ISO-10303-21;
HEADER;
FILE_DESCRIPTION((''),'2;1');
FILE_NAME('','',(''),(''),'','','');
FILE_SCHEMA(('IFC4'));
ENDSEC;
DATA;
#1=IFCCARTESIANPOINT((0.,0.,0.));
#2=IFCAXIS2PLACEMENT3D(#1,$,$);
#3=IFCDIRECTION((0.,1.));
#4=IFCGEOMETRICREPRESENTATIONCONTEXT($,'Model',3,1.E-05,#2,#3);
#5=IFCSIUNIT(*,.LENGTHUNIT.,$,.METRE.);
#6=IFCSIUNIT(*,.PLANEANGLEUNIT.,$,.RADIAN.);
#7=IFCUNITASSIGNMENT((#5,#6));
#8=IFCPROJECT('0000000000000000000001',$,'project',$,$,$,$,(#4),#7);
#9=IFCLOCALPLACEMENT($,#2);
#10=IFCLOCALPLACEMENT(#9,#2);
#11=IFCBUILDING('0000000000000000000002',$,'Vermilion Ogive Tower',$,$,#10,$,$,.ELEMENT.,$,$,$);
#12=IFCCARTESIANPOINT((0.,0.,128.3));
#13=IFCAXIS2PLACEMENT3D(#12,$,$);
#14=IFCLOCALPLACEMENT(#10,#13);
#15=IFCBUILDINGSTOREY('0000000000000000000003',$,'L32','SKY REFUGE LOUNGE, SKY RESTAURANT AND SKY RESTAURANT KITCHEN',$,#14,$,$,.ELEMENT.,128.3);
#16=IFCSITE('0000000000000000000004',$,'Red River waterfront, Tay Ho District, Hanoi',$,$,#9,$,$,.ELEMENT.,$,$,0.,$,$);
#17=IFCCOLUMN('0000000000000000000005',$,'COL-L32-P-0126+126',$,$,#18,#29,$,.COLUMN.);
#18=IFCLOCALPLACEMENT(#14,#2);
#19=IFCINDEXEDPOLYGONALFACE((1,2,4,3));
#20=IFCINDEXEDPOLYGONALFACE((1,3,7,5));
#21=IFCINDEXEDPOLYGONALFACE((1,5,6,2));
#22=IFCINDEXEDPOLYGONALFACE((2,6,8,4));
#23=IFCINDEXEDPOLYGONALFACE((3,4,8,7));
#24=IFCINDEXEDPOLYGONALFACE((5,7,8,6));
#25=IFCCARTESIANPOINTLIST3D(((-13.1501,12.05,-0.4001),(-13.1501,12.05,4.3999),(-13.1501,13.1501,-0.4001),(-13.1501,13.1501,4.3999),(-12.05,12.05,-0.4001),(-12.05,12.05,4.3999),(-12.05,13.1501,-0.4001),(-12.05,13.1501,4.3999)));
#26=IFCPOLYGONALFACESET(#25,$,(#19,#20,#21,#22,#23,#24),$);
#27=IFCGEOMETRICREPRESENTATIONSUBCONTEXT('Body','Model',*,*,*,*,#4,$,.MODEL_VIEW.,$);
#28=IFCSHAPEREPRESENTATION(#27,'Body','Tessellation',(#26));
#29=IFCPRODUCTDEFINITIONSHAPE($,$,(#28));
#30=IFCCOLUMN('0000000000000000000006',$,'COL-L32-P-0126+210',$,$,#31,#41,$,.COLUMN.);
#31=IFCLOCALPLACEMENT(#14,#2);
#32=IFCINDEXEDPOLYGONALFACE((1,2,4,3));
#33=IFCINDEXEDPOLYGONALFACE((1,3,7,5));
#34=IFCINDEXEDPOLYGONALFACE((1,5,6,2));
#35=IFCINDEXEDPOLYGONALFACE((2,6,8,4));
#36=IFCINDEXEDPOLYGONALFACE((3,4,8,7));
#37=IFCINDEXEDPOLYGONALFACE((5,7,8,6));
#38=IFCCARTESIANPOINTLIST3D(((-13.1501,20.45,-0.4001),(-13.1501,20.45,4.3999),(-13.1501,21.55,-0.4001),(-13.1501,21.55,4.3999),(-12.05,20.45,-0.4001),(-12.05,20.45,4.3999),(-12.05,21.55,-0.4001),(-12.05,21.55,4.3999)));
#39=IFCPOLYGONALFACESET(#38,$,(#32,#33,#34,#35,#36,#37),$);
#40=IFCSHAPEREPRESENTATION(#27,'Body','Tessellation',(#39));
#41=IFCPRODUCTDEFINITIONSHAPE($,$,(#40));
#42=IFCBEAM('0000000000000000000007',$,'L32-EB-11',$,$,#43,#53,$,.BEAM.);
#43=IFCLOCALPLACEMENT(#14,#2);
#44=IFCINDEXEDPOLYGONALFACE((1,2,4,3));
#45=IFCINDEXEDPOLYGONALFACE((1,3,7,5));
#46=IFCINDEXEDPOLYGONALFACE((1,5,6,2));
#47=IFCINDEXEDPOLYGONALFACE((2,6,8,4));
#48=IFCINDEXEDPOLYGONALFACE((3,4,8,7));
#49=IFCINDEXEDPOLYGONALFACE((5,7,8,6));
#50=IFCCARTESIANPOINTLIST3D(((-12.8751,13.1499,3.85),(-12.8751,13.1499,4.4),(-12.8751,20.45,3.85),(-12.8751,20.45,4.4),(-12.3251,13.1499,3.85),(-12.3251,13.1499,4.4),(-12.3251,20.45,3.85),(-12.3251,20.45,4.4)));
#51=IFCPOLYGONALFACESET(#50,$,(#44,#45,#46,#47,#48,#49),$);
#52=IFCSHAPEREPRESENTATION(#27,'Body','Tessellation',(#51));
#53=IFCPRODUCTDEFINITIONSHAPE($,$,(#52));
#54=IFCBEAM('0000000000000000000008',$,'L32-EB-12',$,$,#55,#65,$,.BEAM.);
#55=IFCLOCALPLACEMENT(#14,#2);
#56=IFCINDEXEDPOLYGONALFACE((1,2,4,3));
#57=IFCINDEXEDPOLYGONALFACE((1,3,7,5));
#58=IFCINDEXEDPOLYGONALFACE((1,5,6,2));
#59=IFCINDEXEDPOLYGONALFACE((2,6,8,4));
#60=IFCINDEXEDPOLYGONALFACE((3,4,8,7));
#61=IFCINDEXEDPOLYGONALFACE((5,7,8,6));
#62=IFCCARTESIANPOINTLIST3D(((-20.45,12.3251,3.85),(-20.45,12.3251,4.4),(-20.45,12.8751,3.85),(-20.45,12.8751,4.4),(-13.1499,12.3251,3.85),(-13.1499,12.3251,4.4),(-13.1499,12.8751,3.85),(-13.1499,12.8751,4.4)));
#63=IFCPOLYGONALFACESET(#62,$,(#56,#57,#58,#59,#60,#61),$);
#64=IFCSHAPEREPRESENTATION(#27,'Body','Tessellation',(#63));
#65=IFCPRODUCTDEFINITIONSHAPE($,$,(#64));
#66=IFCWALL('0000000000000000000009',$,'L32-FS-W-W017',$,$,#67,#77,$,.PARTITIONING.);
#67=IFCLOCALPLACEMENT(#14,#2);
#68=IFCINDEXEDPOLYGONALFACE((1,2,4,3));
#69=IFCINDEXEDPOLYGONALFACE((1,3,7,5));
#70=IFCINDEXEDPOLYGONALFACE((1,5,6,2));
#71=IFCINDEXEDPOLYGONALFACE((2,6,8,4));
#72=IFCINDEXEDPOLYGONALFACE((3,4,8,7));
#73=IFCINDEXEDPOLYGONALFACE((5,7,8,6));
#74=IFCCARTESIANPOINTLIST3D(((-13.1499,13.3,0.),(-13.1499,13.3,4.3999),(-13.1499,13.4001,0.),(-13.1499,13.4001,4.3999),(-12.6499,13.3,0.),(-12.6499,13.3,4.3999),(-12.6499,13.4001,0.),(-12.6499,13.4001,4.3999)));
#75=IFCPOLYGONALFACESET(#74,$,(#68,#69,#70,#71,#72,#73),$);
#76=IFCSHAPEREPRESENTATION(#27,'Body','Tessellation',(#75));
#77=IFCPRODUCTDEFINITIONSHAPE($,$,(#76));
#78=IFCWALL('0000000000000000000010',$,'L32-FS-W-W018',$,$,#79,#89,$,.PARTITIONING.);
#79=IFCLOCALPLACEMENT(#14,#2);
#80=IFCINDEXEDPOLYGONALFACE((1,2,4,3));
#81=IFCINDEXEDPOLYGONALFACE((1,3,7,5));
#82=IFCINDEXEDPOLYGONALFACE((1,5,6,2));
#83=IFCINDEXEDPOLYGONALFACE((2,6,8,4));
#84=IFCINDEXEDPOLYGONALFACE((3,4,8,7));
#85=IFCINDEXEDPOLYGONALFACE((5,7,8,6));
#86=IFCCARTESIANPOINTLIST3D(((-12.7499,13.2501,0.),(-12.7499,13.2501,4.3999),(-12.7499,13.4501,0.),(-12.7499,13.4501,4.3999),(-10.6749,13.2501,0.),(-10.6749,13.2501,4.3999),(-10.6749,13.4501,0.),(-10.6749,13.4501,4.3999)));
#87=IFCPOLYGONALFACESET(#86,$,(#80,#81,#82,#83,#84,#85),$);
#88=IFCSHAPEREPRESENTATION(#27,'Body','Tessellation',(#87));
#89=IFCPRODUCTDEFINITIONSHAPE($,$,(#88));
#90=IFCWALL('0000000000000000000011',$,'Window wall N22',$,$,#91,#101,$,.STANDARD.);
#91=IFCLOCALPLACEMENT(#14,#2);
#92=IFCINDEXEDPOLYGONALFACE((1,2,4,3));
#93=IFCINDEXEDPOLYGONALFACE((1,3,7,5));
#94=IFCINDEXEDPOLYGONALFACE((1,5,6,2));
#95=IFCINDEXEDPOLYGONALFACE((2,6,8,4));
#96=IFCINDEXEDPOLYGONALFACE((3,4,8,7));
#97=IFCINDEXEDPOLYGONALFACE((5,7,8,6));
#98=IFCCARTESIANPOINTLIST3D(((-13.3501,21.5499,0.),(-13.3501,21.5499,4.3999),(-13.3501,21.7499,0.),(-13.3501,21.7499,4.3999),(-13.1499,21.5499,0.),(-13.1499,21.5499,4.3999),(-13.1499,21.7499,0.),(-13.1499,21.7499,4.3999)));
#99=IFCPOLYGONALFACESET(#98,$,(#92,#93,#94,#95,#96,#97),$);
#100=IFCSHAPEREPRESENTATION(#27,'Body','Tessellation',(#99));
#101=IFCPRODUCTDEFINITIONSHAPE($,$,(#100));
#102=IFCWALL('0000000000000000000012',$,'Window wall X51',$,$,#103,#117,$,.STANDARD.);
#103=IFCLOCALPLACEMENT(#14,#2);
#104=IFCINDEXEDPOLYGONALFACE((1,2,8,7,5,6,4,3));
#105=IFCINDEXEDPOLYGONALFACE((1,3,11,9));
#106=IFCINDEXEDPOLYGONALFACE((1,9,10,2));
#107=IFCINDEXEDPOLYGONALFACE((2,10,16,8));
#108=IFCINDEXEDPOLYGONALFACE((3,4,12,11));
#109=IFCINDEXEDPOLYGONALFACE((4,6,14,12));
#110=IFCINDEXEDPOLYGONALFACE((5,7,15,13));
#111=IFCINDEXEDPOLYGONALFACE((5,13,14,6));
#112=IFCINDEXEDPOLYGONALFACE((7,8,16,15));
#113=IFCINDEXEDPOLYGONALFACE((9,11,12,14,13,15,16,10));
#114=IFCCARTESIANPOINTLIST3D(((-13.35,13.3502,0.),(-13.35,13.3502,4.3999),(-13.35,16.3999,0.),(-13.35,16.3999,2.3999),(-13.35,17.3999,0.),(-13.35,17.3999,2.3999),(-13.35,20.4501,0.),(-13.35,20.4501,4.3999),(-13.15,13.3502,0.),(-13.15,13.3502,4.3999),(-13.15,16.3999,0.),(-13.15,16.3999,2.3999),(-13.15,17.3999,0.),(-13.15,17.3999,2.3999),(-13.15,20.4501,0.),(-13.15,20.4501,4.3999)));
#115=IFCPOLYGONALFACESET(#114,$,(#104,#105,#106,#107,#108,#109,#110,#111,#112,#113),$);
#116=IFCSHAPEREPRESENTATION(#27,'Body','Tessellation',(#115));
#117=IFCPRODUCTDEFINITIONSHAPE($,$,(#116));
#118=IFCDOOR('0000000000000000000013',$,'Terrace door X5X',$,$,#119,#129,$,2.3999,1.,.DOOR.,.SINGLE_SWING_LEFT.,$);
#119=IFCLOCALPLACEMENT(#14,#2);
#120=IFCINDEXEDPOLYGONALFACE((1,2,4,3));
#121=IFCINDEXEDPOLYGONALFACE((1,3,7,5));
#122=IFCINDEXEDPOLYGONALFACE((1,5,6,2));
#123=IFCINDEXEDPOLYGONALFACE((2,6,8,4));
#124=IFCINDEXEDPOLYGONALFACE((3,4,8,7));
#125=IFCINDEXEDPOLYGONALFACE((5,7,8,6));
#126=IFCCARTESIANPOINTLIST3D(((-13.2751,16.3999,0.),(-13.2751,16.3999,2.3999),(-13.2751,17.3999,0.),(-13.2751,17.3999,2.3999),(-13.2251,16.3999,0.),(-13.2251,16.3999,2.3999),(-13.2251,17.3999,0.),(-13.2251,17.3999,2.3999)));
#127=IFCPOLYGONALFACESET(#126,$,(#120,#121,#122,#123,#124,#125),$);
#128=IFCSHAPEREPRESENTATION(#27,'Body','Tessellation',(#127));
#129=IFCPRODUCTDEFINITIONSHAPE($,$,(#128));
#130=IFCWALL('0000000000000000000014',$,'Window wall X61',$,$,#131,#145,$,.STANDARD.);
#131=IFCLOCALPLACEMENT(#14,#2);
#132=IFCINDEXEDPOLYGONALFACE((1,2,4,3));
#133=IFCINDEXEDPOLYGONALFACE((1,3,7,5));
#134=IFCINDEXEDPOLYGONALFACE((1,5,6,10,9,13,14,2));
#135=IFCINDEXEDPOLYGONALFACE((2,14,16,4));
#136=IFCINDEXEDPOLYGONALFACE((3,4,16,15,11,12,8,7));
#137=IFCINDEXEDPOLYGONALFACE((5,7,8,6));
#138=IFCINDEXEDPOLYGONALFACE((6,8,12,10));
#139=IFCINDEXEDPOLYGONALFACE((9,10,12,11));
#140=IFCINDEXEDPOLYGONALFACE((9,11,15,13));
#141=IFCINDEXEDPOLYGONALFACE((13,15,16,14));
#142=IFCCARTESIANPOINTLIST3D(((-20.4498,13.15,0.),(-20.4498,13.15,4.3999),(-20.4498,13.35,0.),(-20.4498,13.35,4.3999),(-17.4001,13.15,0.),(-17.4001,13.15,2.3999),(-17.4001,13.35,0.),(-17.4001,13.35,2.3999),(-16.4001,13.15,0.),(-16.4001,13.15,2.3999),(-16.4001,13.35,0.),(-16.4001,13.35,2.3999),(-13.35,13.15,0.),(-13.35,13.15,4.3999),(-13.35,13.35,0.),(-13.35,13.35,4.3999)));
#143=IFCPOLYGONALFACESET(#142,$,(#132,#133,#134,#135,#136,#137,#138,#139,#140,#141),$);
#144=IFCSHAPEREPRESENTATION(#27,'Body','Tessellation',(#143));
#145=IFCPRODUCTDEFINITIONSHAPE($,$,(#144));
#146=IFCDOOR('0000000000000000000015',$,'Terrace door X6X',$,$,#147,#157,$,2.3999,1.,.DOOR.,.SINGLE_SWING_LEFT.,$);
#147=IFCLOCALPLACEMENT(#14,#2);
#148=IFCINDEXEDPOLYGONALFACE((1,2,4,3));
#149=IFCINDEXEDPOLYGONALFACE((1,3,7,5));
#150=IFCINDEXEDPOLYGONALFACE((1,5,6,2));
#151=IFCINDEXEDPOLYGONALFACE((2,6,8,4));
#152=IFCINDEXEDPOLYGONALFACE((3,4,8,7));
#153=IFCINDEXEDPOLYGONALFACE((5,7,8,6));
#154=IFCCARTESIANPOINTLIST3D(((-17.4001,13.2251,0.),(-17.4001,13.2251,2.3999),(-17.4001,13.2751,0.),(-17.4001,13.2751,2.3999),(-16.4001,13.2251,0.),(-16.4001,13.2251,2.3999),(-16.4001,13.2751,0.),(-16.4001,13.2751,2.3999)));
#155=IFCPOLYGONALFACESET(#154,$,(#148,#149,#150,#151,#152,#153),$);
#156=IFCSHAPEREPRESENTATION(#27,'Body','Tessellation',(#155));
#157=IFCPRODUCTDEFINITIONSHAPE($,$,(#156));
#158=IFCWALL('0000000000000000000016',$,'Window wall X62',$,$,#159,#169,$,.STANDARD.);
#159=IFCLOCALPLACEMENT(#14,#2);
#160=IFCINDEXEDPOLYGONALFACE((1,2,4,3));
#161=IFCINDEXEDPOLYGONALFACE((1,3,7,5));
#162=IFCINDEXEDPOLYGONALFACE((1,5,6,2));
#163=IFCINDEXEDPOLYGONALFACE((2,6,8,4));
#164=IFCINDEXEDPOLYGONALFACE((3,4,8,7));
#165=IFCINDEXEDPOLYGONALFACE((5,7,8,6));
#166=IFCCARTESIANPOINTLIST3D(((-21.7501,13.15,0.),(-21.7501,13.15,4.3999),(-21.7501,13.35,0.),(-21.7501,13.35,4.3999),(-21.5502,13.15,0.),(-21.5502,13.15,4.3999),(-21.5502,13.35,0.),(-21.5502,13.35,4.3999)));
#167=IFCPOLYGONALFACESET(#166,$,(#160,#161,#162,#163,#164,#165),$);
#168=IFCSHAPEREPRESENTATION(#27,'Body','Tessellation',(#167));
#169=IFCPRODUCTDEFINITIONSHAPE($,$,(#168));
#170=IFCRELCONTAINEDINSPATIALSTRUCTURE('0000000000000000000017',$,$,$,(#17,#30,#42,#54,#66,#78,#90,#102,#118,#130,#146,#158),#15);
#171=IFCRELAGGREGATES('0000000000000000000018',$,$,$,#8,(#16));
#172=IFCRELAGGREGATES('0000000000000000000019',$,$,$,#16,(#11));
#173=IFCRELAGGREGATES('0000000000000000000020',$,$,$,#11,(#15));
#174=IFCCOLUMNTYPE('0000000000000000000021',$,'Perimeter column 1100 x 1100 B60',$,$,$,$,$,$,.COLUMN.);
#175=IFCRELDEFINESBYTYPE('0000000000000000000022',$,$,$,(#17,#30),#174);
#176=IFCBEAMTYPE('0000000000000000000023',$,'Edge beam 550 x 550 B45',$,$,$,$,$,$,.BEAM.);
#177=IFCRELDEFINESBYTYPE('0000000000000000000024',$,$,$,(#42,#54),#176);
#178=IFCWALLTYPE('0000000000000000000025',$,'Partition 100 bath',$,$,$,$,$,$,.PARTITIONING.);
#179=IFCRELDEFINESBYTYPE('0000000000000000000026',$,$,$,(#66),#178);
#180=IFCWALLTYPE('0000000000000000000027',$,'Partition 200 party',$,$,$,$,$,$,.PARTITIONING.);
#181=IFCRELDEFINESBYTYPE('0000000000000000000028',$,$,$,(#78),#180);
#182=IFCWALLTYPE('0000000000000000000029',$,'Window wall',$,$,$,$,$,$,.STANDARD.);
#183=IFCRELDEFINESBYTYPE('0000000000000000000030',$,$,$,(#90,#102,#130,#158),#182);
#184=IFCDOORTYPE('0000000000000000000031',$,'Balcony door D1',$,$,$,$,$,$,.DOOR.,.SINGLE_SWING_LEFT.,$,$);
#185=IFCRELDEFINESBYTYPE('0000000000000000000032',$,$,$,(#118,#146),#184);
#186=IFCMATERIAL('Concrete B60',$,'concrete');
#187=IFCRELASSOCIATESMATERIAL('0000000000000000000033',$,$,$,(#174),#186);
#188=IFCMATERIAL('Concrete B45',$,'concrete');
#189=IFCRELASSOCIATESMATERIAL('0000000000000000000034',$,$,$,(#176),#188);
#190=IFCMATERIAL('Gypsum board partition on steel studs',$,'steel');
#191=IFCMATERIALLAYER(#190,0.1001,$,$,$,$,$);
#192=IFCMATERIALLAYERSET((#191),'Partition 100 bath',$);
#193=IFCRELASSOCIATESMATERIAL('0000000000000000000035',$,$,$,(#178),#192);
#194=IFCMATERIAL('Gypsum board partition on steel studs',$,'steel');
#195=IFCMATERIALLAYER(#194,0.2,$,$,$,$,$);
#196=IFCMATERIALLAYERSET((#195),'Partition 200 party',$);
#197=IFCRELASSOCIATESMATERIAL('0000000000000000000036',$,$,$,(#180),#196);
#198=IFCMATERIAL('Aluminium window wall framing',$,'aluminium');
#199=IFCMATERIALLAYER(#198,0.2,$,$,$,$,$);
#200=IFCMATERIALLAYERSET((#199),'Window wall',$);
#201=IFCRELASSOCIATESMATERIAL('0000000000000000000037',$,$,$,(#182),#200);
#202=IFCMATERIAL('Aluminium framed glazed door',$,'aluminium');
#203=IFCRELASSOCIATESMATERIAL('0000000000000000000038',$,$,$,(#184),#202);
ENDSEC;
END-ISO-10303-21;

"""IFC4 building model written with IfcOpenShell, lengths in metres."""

from ifc_helpers import new_model, si_unit, direction, frame, frame_2d, origin, origin_2d, place, context, subcontext, project, spatial, rectangle, extrude, material, layer, layer_set, material_profile, profile_set, type_object, element, fill, save


model = new_model("IFC4")

# Units and contexts
model_context = context("Model", 3, precision=1e-05, world=origin(), true_north=direction((0.0, 1.0)))
body_context = subcontext(model_context, "Body", "Model", "MODEL_VIEW")
ifc_project = project(units=[si_unit("LENGTHUNIT", "METRE"), si_unit("PLANEANGLEUNIT", "RADIAN")], contexts=[model_context])

# Site, building, storey
site_placement = place(None, origin())
site = spatial("IfcSite", under=ifc_project, at=site_placement, Name="Red River waterfront, Tay Ho District, Hanoi", CompositionType="ELEMENT", RefElevation=0.0)
building_placement = place(site_placement, origin())
building = spatial("IfcBuilding", under=site, at=building_placement, Name="Vermilion Ogive Tower", CompositionType="ELEMENT")
storey_placement = place(building_placement, frame((0.0, 0.0, 128.3)))
storey = spatial("IfcBuildingStorey", under=building, at=storey_placement, Name="L32", Description="SKY REFUGE LOUNGE, SKY RESTAURANT AND SKY RESTAURANT KITCHEN", CompositionType="ELEMENT", Elevation=128.3)

# Columns
ifc_material_1 = material(Name="Concrete B60", Category="concrete")
ifc_material_profile_1 = material_profile(ifc_material_1, rectangle(XDim=1.1001, YDim=1.1001, at=origin_2d()), Name="1100 x 1100")
ifc_profile_set_1 = profile_set([ifc_material_profile_1], Name="Concrete B60")
column_type = type_object("IfcColumnType", Name="Perimeter column 1100 x 1100 B60", PredefinedType="COLUMN", material=ifc_profile_set_1)
for number, where, z_axis, x_axis, name in (
    (1, (-12.6001, 12.6001, -0.4001), (0.0, 0.0, 1.0), (1.0, 0.0, 0.0), "COL-L32-P-0126+126"),
    (2, (-12.6001, 21.0, -0.4001), (0.0, 0.0, 1.0), (1.0, 0.0, 0.0), "COL-L32-P-0126+210"),
):
    element("IfcColumn", number, at=place(storey_placement, frame(where, z_axis=z_axis, x_axis=x_axis)), inside=storey, type_object=column_type, Name=name, PredefinedType="COLUMN", context=body_context, shape_type="SweptSolid", body=[
        extrude(rectangle(XDim=1.1001, YDim=1.1001, at=origin_2d()), origin(), (0.0, 0.0, 1.0), 4.8),
    ])

# Beams
ifc_material_2 = material(Name="Concrete B45", Category="concrete")
ifc_material_profile_2 = material_profile(ifc_material_2, rectangle(XDim=0.55, YDim=0.55, at=origin_2d()), Name="550 x 550")
ifc_profile_set_2 = profile_set([ifc_material_profile_2], Name="Concrete B45")
beam_type = type_object("IfcBeamType", Name="Edge beam 550 x 550 B45", PredefinedType="BEAM", material=ifc_profile_set_2)
for number, where, z_axis, x_axis, name in (
    (3, (-12.6001, 20.45, 4.125), (0.0, -1.0, 0.0), (1.0, 0.0, 0.0), "L32-EB-11"),
    (4, (-13.1499, 12.6001, 4.125), (-1.0, 0.0, 0.0), (0.0, -1.0, 0.0), "L32-EB-12"),
):
    element("IfcBeam", number, at=place(storey_placement, frame(where, z_axis=z_axis, x_axis=x_axis)), inside=storey, type_object=beam_type, Name=name, PredefinedType="BEAM", context=body_context, shape_type="SweptSolid", body=[
        extrude(rectangle(XDim=0.55, YDim=0.55, at=origin_2d()), origin(), (0.0, 0.0, 1.0), 7.3),
    ])

# Walls
ifc_material_3 = material(Name="Gypsum board partition on steel studs", Category="steel")
ifc_layer_1 = layer(ifc_material_3, 0.1001)
ifc_layer_set_1 = layer_set([ifc_layer_1], Name="Partition 100 bath")
wall_type_1 = type_object("IfcWallType", Name="Partition 100 bath", PredefinedType="PARTITIONING", material=ifc_layer_set_1)
wall_1_placement = place(storey_placement, frame((-13.1499, 13.3501, 0.0), z_axis=(0.0, 0.0, 1.0), x_axis=(1.0, 0.0, 0.0)))
element("IfcWall", 5, at=wall_1_placement, inside=storey, type_object=wall_type_1, Name="L32-FS-W-W017", PredefinedType="PARTITIONING", context=body_context, shape_type="SweptSolid", body=[
    extrude(rectangle(XDim=0.5, YDim=0.1001, at=frame_2d((0.25, 0.0))), origin(), (0.0, 0.0, 1.0), 4.3999),
])
ifc_material_4 = material(Name="Gypsum board partition on steel studs", Category="steel")
ifc_layer_2 = layer(ifc_material_4, 0.2)
ifc_layer_set_2 = layer_set([ifc_layer_2], Name="Partition 200 party")
wall_type_2 = type_object("IfcWallType", Name="Partition 200 party", PredefinedType="PARTITIONING", material=ifc_layer_set_2)
wall_2_placement = place(storey_placement, frame((-12.75, 13.3501, 0.0), z_axis=(0.0, 0.0, 1.0), x_axis=(1.0, 0.0, 0.0)))
element("IfcWall", 6, at=wall_2_placement, inside=storey, type_object=wall_type_2, Name="L32-FS-W-W018", PredefinedType="PARTITIONING", context=body_context, shape_type="SweptSolid", body=[
    extrude(rectangle(XDim=2.075, YDim=0.2, at=frame_2d((1.0376, 0.0))), origin(), (0.0, 0.0, 1.0), 4.3999),
])
ifc_material_5 = material(Name="Aluminium window wall framing", Category="aluminium")
ifc_layer_3 = layer(ifc_material_5, 0.2)
ifc_layer_set_3 = layer_set([ifc_layer_3], Name="Window wall")
wall_type_3 = type_object("IfcWallType", Name="Window wall", PredefinedType="STANDARD", material=ifc_layer_set_3)
wall_3_placement = place(storey_placement, frame((-13.1499, 21.6499, 0.0), z_axis=(0.0, 0.0, 1.0), x_axis=(-1.0, 0.0, 0.0)))
element("IfcWall", 7, at=wall_3_placement, inside=storey, type_object=wall_type_3, Name="Window wall N22", PredefinedType="STANDARD", context=body_context, shape_type="SweptSolid", body=[
    extrude(rectangle(XDim=0.2002, YDim=0.2, at=frame_2d((0.1001, 0.0))), origin(), (0.0, 0.0, 1.0), 4.3999),
])

# Walls, openings, doors
wall_4_placement = place(storey_placement, frame((-13.25, 20.45, 0.0), z_axis=(0.0, 0.0, 1.0), x_axis=(0.0, -1.0, 0.0)))
wall_4 = element("IfcWall", 8, at=wall_4_placement, inside=storey, type_object=wall_type_3, Name="Window wall X51", PredefinedType="STANDARD", context=body_context, shape_type="SweptSolid", body=[
    extrude(rectangle(XDim=7.0999, YDim=0.2, at=frame_2d((3.5498, 0.0))), origin(), (0.0, 0.0, 1.0), 4.3999),
])
opening_1_placement = place(wall_4_placement, frame((3.05, 0.0, 0.0)))
opening_1 = element("IfcOpeningElement", 9, at=opening_1_placement, cuts=wall_4, PredefinedType="OPENING", context=body_context, shape_type="SweptSolid", body=[
    extrude(rectangle(XDim=1.0, YDim=2.3999, at=frame_2d((0.5, 1.2))), frame((0.0, 0.1099, 0.0), z_axis=(0.0, -1.0, 0.0), x_axis=(1.0, 0.0, 0.0)), (0.0, 0.0, 1.0), 0.22),
])
ifc_material_6 = material(Name="Aluminium framed glazed door", Category="aluminium")
door_type = type_object("IfcDoorType", Name="Balcony door D1", OperationType="SINGLE_SWING_LEFT", PredefinedType="DOOR", material=ifc_material_6)
door_1_placement = place(opening_1_placement, origin())
door_1 = element("IfcDoor", 10, at=door_1_placement, inside=storey, type_object=door_type, Name="Terrace door X5X", OperationType="SINGLE_SWING_LEFT", OverallHeight=2.3999, OverallWidth=1.0, PredefinedType="DOOR", context=body_context, shape_type="SweptSolid", body=[
    extrude(rectangle(XDim=1.0, YDim=2.3999, at=frame_2d((0.5, 1.2))), frame((0.0, 0.0249, 0.0), z_axis=(0.0, -1.0, 0.0), x_axis=(1.0, 0.0, 0.0)), (0.0, 0.0, 1.0), 0.05),
])
fill(opening_1, door_1)
wall_5_placement = place(storey_placement, frame((-13.3501, 13.25, 0.0), z_axis=(0.0, 0.0, 1.0), x_axis=(-1.0, 0.0, 0.0)))
wall_5 = element("IfcWall", 11, at=wall_5_placement, inside=storey, type_object=wall_type_3, Name="Window wall X61", PredefinedType="STANDARD", context=body_context, shape_type="SweptSolid", body=[
    extrude(rectangle(XDim=7.0999, YDim=0.2, at=frame_2d((3.5498, 0.0))), origin(), (0.0, 0.0, 1.0), 4.3999),
])
opening_2_placement = place(wall_5_placement, frame((3.05, 0.0, 0.0)))
opening_2 = element("IfcOpeningElement", 12, at=opening_2_placement, cuts=wall_5, PredefinedType="OPENING", context=body_context, shape_type="SweptSolid", body=[
    extrude(rectangle(XDim=1.0, YDim=2.3999, at=frame_2d((0.5, 1.2))), frame((0.0, 0.1099, 0.0), z_axis=(0.0, -1.0, 0.0), x_axis=(1.0, 0.0, 0.0)), (0.0, 0.0, 1.0), 0.22),
])
door_2_placement = place(opening_2_placement, origin())
door_2 = element("IfcDoor", 13, at=door_2_placement, inside=storey, type_object=door_type, Name="Terrace door X6X", OperationType="SINGLE_SWING_LEFT", OverallHeight=2.3999, OverallWidth=1.0, PredefinedType="DOOR", context=body_context, shape_type="SweptSolid", body=[
    extrude(rectangle(XDim=1.0, YDim=2.3999, at=frame_2d((0.5, 1.2))), frame((0.0, 0.0249, 0.0), z_axis=(0.0, -1.0, 0.0), x_axis=(1.0, 0.0, 0.0)), (0.0, 0.0, 1.0), 0.05),
])
fill(opening_2, door_2)

# Wall
wall_6_placement = place(storey_placement, frame((-21.55, 13.25, 0.0), z_axis=(0.0, 0.0, 1.0), x_axis=(-1.0, 0.0, 0.0)))
element("IfcWall", 14, at=wall_6_placement, inside=storey, type_object=wall_type_3, Name="Window wall X62", PredefinedType="STANDARD", context=body_context, shape_type="SweptSolid", body=[
    extrude(rectangle(XDim=0.2, YDim=0.2, at=frame_2d((0.1001, 0.0))), origin(), (0.0, 0.0, 1.0), 4.3999),
])

save(model, "model.ifc")
